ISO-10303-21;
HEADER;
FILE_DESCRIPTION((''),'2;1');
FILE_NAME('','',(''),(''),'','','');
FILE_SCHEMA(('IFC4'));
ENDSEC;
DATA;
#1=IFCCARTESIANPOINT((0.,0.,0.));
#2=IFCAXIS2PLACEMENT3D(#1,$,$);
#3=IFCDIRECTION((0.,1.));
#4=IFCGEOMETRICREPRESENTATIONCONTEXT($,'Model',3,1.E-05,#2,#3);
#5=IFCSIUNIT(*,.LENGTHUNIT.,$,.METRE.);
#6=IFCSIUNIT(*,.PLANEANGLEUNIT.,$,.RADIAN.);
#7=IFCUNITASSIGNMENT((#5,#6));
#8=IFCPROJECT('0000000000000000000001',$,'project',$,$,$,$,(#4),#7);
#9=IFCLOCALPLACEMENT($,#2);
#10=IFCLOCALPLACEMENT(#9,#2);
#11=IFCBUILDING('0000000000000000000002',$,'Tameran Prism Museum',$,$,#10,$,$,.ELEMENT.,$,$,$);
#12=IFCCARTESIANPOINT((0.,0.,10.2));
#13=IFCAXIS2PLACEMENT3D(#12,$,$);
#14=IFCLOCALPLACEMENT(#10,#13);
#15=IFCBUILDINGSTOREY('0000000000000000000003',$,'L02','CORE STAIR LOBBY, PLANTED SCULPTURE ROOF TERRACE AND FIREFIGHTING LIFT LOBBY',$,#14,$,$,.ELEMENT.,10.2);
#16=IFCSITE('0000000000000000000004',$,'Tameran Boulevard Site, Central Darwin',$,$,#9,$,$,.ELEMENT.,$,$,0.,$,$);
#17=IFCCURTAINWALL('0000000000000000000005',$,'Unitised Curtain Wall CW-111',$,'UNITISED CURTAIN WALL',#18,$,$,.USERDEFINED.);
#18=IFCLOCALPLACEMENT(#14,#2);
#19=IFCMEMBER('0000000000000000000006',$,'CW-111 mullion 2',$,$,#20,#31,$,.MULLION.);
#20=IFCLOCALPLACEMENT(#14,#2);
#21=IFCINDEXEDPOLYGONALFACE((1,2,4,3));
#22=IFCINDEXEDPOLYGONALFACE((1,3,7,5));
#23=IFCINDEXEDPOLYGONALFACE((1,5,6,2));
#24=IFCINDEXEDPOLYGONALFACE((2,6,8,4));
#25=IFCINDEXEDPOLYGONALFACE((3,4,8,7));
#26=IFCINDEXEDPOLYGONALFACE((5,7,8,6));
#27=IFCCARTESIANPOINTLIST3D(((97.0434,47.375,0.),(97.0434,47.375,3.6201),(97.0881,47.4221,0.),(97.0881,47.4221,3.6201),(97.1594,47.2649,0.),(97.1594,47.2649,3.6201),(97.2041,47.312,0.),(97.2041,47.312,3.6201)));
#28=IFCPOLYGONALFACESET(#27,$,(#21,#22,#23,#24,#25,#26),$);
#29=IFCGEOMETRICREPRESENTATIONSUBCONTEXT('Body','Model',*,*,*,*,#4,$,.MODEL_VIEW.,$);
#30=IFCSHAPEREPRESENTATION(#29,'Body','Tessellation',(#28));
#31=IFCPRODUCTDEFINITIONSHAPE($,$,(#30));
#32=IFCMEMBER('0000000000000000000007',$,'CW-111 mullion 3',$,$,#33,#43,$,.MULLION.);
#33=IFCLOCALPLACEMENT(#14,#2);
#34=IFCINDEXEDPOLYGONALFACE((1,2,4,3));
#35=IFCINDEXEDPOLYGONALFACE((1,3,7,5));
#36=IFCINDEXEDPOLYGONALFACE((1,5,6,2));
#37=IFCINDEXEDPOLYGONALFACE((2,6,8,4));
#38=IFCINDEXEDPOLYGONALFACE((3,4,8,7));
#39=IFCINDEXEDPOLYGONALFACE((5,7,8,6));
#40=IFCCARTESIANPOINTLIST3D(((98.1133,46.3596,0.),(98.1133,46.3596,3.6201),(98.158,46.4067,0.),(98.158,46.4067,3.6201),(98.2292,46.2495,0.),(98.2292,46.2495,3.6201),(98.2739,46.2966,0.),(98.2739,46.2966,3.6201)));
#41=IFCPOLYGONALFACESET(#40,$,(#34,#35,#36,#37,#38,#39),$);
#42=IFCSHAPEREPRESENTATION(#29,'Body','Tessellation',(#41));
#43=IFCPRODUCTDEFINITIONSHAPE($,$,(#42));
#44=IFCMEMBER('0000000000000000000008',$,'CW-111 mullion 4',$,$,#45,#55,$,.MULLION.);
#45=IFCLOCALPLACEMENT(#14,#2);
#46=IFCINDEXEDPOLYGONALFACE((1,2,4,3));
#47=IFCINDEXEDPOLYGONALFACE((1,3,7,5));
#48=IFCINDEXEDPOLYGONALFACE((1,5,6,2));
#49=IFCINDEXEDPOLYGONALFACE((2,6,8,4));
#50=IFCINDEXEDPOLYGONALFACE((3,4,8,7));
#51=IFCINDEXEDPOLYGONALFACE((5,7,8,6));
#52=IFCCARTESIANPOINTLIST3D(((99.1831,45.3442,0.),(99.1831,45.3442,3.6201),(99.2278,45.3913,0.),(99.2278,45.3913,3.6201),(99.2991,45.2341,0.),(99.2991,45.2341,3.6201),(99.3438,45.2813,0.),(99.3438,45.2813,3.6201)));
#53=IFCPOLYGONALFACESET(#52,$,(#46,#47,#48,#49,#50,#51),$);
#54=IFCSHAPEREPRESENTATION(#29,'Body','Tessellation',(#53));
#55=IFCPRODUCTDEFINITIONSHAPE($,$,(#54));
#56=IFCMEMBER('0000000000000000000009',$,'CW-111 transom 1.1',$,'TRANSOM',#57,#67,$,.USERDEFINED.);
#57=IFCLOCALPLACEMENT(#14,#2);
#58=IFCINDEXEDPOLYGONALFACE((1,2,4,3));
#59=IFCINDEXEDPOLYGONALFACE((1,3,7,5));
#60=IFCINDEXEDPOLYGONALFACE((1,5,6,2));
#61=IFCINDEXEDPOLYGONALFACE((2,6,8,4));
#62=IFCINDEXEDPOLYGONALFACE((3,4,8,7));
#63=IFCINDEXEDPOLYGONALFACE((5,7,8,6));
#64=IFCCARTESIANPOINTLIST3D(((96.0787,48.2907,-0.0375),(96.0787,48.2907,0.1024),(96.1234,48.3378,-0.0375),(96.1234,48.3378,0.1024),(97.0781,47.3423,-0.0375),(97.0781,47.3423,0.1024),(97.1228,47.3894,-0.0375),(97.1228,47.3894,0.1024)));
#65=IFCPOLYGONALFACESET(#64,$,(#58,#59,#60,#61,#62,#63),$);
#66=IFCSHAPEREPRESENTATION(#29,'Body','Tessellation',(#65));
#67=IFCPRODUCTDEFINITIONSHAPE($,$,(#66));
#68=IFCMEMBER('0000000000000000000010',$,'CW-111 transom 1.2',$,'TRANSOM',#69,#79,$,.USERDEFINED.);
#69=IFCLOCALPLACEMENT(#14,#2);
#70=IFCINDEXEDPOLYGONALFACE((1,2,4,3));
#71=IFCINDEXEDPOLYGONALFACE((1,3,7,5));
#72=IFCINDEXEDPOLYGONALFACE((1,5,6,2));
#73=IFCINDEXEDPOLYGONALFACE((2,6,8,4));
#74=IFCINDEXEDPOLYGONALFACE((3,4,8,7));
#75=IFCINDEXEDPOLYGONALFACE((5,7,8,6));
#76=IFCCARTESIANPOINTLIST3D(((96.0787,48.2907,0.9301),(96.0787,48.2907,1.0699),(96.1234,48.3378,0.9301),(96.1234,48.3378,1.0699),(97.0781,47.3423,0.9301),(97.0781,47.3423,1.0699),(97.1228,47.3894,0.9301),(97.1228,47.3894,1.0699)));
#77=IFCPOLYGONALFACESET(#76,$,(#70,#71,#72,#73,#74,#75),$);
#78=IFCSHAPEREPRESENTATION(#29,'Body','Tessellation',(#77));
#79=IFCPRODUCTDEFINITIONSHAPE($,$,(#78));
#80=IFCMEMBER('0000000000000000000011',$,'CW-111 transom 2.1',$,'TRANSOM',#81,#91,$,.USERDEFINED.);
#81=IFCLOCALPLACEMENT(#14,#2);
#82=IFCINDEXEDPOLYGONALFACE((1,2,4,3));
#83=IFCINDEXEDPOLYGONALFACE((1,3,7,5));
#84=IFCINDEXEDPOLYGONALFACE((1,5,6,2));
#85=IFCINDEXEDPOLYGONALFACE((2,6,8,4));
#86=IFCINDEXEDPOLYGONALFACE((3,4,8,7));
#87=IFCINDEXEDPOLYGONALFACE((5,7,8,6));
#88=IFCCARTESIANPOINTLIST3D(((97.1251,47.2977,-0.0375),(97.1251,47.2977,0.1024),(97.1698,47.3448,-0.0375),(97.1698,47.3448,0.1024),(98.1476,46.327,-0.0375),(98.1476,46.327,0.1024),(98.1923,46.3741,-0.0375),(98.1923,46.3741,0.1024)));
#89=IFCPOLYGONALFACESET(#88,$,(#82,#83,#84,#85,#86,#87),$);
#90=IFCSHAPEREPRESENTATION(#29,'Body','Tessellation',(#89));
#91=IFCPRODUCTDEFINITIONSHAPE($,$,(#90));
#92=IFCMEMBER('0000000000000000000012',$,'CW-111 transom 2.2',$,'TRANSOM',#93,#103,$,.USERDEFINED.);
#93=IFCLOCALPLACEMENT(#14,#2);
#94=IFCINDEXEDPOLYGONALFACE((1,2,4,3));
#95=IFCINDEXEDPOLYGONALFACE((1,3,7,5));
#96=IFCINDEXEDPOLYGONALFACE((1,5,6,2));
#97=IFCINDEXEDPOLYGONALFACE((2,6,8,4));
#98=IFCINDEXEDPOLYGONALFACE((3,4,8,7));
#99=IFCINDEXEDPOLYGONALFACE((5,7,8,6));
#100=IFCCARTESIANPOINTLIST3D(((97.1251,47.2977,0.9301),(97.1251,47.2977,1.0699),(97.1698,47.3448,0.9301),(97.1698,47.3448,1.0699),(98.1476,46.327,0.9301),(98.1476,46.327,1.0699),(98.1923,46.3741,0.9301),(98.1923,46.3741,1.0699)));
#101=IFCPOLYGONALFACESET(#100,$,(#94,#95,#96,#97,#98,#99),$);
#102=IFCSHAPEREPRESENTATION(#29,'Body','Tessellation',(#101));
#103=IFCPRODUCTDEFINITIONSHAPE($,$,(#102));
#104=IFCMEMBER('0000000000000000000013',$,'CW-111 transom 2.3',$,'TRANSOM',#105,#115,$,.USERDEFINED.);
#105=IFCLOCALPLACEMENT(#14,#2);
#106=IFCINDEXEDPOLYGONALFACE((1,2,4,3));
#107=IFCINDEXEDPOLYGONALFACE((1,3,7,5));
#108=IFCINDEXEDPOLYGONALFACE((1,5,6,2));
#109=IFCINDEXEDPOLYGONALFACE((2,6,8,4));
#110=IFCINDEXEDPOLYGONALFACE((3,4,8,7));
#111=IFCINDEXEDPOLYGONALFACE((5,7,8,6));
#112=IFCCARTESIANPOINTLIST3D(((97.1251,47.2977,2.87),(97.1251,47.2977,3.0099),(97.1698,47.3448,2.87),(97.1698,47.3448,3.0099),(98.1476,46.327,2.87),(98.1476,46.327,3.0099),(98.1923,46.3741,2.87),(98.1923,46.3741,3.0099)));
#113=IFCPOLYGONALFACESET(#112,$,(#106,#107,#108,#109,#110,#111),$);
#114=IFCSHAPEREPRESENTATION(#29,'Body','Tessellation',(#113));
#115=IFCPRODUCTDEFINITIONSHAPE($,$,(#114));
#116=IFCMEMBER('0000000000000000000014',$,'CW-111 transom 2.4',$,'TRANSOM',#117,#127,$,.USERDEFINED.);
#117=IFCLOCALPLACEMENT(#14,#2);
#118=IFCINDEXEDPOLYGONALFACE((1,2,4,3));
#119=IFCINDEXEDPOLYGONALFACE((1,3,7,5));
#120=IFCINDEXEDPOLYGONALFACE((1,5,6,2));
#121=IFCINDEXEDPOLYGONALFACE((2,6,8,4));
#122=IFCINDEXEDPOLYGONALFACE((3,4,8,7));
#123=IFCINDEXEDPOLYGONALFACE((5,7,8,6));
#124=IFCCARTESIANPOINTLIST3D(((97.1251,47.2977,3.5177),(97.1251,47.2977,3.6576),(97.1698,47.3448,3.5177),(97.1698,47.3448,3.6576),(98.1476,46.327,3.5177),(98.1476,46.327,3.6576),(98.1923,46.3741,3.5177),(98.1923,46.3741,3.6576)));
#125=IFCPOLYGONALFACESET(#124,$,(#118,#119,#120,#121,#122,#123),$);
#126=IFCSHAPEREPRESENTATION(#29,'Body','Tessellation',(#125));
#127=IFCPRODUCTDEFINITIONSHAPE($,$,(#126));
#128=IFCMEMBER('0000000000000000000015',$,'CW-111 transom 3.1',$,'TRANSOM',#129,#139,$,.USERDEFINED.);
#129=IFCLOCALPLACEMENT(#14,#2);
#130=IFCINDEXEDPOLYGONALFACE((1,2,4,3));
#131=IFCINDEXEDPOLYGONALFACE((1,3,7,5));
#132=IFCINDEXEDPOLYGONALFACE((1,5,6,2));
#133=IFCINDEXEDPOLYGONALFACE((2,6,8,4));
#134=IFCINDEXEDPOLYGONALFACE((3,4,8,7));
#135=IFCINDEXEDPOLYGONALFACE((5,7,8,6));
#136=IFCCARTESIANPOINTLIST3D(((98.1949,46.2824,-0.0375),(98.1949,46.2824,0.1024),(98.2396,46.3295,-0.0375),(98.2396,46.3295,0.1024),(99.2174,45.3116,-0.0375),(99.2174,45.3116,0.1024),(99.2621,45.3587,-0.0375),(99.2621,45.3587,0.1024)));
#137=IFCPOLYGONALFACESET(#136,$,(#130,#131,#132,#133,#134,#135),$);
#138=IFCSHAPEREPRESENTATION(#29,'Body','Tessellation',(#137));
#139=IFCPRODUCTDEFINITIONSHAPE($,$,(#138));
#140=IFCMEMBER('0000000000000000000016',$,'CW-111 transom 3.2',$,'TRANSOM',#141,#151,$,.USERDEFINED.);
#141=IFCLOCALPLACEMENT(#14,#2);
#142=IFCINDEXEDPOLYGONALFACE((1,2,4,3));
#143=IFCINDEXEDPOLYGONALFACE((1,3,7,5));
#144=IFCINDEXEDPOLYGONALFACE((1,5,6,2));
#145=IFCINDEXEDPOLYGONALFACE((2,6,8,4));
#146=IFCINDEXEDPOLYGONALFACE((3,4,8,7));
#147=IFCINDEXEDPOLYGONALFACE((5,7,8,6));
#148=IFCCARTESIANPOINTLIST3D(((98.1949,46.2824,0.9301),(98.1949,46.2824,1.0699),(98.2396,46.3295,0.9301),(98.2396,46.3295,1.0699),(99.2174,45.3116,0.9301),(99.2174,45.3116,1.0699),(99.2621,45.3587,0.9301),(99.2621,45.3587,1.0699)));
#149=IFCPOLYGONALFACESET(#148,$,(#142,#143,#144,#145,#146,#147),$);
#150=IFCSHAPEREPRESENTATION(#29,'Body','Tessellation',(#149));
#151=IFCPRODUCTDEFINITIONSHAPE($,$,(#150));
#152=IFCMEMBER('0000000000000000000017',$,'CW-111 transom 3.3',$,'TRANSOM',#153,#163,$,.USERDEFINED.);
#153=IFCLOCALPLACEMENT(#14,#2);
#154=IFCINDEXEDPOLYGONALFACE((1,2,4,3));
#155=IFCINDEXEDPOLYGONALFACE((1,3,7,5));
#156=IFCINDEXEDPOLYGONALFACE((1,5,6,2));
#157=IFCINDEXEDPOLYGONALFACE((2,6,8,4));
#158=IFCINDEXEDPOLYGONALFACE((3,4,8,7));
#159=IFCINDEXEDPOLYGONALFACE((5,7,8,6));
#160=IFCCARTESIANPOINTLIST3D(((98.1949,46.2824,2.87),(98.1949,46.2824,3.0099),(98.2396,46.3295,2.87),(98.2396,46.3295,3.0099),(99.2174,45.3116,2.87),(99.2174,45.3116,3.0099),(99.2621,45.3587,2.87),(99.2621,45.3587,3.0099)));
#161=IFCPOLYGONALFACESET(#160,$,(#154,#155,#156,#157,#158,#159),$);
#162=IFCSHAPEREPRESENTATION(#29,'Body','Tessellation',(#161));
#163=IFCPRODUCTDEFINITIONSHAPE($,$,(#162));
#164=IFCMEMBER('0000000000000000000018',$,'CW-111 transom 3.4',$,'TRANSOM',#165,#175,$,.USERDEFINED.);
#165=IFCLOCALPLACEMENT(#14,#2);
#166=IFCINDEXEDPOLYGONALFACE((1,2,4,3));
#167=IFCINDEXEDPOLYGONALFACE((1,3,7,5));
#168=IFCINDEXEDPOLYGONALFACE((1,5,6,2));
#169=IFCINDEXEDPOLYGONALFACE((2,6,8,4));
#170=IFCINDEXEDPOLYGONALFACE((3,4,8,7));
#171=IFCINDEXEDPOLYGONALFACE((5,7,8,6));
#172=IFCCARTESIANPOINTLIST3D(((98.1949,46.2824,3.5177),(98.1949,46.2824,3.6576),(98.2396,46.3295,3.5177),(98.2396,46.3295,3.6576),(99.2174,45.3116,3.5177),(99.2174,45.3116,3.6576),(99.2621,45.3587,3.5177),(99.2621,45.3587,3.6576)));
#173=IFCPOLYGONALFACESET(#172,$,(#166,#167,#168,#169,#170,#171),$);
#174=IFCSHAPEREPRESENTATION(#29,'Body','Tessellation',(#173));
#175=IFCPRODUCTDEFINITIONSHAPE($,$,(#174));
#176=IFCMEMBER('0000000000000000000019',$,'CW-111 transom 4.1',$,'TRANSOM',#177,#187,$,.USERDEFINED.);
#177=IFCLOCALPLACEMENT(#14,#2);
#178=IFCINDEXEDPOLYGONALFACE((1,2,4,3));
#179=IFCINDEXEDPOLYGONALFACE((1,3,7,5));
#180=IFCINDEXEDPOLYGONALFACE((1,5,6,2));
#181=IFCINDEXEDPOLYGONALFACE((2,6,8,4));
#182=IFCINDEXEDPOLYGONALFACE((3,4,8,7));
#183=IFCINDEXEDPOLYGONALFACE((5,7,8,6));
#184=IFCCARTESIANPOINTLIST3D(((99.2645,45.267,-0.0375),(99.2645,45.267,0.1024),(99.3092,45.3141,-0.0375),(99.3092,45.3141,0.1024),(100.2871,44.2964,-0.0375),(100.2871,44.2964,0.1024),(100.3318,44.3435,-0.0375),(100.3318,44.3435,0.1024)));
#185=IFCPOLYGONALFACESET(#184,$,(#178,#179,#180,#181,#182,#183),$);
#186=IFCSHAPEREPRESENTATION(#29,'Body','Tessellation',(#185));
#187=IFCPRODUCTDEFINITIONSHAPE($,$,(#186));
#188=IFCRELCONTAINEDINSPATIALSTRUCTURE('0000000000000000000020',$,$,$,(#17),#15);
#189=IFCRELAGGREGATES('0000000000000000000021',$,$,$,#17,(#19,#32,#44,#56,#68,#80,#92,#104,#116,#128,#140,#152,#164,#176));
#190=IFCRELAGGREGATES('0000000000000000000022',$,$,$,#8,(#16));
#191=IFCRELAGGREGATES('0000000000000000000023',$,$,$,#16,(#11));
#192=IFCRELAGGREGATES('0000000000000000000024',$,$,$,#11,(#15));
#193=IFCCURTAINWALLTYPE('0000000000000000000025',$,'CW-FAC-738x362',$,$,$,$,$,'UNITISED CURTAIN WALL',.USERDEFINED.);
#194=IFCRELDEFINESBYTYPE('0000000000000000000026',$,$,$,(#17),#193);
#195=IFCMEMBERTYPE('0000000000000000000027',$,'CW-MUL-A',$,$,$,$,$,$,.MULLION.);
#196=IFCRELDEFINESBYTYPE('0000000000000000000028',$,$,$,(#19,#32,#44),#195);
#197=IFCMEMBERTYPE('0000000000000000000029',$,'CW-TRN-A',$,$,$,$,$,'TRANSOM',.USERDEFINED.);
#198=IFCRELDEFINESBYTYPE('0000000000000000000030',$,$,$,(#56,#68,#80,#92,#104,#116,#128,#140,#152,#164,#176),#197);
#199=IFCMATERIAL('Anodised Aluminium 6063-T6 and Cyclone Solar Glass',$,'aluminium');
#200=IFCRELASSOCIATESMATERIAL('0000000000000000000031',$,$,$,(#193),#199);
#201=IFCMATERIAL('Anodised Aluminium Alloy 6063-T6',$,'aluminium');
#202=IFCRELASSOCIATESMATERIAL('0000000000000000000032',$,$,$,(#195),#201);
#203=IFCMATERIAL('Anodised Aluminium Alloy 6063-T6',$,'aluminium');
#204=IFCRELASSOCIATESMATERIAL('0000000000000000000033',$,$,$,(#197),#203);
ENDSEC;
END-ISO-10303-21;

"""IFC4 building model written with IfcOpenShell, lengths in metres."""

from ifc_helpers import new_model, si_unit, direction, frame, origin, origin_2d, place, context, subcontext, project, spatial, rectangle, extrude, material, material_profile, profile_set, type_object, element, aggregate, save


model = new_model("IFC4")

# Units and contexts
model_context = context("Model", 3, precision=1e-05, world=origin(), true_north=direction((0.0, 1.0)))
body_context = subcontext(model_context, "Body", "Model", "MODEL_VIEW")
ifc_project = project(units=[si_unit("LENGTHUNIT", "METRE"), si_unit("PLANEANGLEUNIT", "RADIAN")], contexts=[model_context])

# Site, building, storey
site_placement = place(None, origin())
site = spatial("IfcSite", under=ifc_project, at=site_placement, Name="Tameran Boulevard Site, Central Darwin", CompositionType="ELEMENT", RefElevation=0.0)
building_placement = place(site_placement, origin())
building = spatial("IfcBuilding", under=site, at=building_placement, Name="Tameran Prism Museum", CompositionType="ELEMENT")
storey_placement = place(building_placement, frame((0.0, 0.0, 10.2)))
storey = spatial("IfcBuildingStorey", under=building, at=storey_placement, Name="L02", Description="CORE STAIR LOBBY, PLANTED SCULPTURE ROOF TERRACE AND FIREFIGHTING LIFT LOBBY", CompositionType="ELEMENT", Elevation=10.2)

# Curtain wall, members
ifc_material_1 = material(Name="Anodised Aluminium 6063-T6 and Cyclone Solar Glass", Category="aluminium")
curtain_wall_type = type_object("IfcCurtainWallType", Name="CW-FAC-738x362", ElementType="UNITISED CURTAIN WALL", PredefinedType="USERDEFINED", material=ifc_material_1)
curtain_wall_placement = place(storey_placement, origin())
curtain_wall = element("IfcCurtainWall", 1, at=curtain_wall_placement, inside=storey, type_object=curtain_wall_type, Name="Unitised Curtain Wall CW-111", ObjectType="UNITISED CURTAIN WALL", PredefinedType="USERDEFINED")
ifc_material_2 = material(Name="Anodised Aluminium Alloy 6063-T6", Category="aluminium")
ifc_material_profile_1 = material_profile(ifc_material_2, rectangle(XDim=0.0649, YDim=0.1599, at=origin_2d()))
ifc_profile_set_1 = profile_set([ifc_material_profile_1])
member_type_1 = type_object("IfcMemberType", Name="CW-MUL-A", PredefinedType="MULLION", material=ifc_profile_set_1)
member_1_placement = place(storey_placement, frame((97.1238, 47.3435, 0.0), z_axis=(0.0, 0.0, 1.0), x_axis=(0.688425, 0.725307, 0.0)))
member_1 = element("IfcMember", 2, at=member_1_placement, type_object=member_type_1, Name="CW-111 mullion 2", PredefinedType="MULLION", context=body_context, shape_type="SweptSolid", body=[
    extrude(rectangle(XDim=0.0649, YDim=0.1599, at=origin_2d()), origin(), (0.0, 0.0, 1.0), 3.6201),
])
member_2_placement = place(storey_placement, frame((98.1936, 46.3281, 0.0), z_axis=(0.0, 0.0, 1.0), x_axis=(0.688425, 0.725307, 0.0)))
member_2 = element("IfcMember", 3, at=member_2_placement, type_object=member_type_1, Name="CW-111 mullion 3", PredefinedType="MULLION", context=body_context, shape_type="SweptSolid", body=[
    extrude(rectangle(XDim=0.0649, YDim=0.1599, at=origin_2d()), origin(), (0.0, 0.0, 1.0), 3.6201),
])
member_3_placement = place(storey_placement, frame((99.2634, 45.3127, 0.0), z_axis=(0.0, 0.0, 1.0), x_axis=(0.688425, 0.725307, 0.0)))
member_3 = element("IfcMember", 4, at=member_3_placement, type_object=member_type_1, Name="CW-111 mullion 4", PredefinedType="MULLION", context=body_context, shape_type="SweptSolid", body=[
    extrude(rectangle(XDim=0.0649, YDim=0.1599, at=origin_2d()), origin(), (0.0, 0.0, 1.0), 3.6201),
])
ifc_material_3 = material(Name="Anodised Aluminium Alloy 6063-T6", Category="aluminium")
ifc_material_profile_2 = material_profile(ifc_material_3, rectangle(XDim=0.0649, YDim=0.1399, at=origin_2d()))
ifc_profile_set_2 = profile_set([ifc_material_profile_2])
member_type_2 = type_object("IfcMemberType", Name="CW-TRN-A", ElementType="TRANSOM", PredefinedType="USERDEFINED", material=ifc_profile_set_2)
member_4_placement = place(storey_placement, frame((96.1011, 48.3142, 0.0325), z_axis=(0.725384, -0.688344, 0.0), x_axis=(0.688344, 0.725384, 0.0)))
member_4 = element("IfcMember", 5, at=member_4_placement, type_object=member_type_2, Name="CW-111 transom 1.1", ObjectType="TRANSOM", PredefinedType="USERDEFINED", context=body_context, shape_type="SweptSolid", body=[
    extrude(rectangle(XDim=0.0649, YDim=0.1399, at=origin_2d()), origin(), (0.0, 0.0, 1.0), 1.3777),
])
member_5_placement = place(storey_placement, frame((96.1011, 48.3142, 1.0), z_axis=(0.725384, -0.688344, 0.0), x_axis=(0.688344, 0.725384, 0.0)))
member_5 = element("IfcMember", 6, at=member_5_placement, type_object=member_type_2, Name="CW-111 transom 1.2", ObjectType="TRANSOM", PredefinedType="USERDEFINED", context=body_context, shape_type="SweptSolid", body=[
    extrude(rectangle(XDim=0.0649, YDim=0.1399, at=origin_2d()), origin(), (0.0, 0.0, 1.0), 1.3777),
])
member_6_placement = place(storey_placement, frame((97.1475, 47.3213, 0.0325), z_axis=(0.725224, -0.688513, 0.0), x_axis=(0.688513, 0.725224, 0.0)))
member_6 = element("IfcMember", 7, at=member_6_placement, type_object=member_type_2, Name="CW-111 transom 2.1", ObjectType="TRANSOM", PredefinedType="USERDEFINED", context=body_context, shape_type="SweptSolid", body=[
    extrude(rectangle(XDim=0.0649, YDim=0.1399, at=origin_2d()), origin(), (0.0, 0.0, 1.0), 1.4099),
])
member_7_placement = place(storey_placement, frame((97.1475, 47.3213, 1.0), z_axis=(0.725224, -0.688513, 0.0), x_axis=(0.688513, 0.725224, 0.0)))
member_7 = element("IfcMember", 8, at=member_7_placement, type_object=member_type_2, Name="CW-111 transom 2.2", ObjectType="TRANSOM", PredefinedType="USERDEFINED", context=body_context, shape_type="SweptSolid", body=[
    extrude(rectangle(XDim=0.0649, YDim=0.1399, at=origin_2d()), origin(), (0.0, 0.0, 1.0), 1.4099),
])
member_8_placement = place(storey_placement, frame((97.1475, 47.3213, 2.9399), z_axis=(0.725224, -0.688513, 0.0), x_axis=(0.688513, 0.725224, 0.0)))
member_8 = element("IfcMember", 9, at=member_8_placement, type_object=member_type_2, Name="CW-111 transom 2.3", ObjectType="TRANSOM", PredefinedType="USERDEFINED", context=body_context, shape_type="SweptSolid", body=[
    extrude(rectangle(XDim=0.0649, YDim=0.1399, at=origin_2d()), origin(), (0.0, 0.0, 1.0), 1.4099),
])
member_9_placement = place(storey_placement, frame((97.1475, 47.3213, 3.5876), z_axis=(0.725224, -0.688513, 0.0), x_axis=(0.688513, 0.725224, 0.0)))
member_9 = element("IfcMember", 10, at=member_9_placement, type_object=member_type_2, Name="CW-111 transom 2.4", ObjectType="TRANSOM", PredefinedType="USERDEFINED", context=body_context, shape_type="SweptSolid", body=[
    extrude(rectangle(XDim=0.0649, YDim=0.1399, at=origin_2d()), origin(), (0.0, 0.0, 1.0), 1.4099),
])
member_10_placement = place(storey_placement, frame((98.2173, 46.3059, 0.0325), z_axis=(0.725224, -0.688513, 0.0), x_axis=(0.688513, 0.725224, 0.0)))
member_10 = element("IfcMember", 11, at=member_10_placement, type_object=member_type_2, Name="CW-111 transom 3.1", ObjectType="TRANSOM", PredefinedType="USERDEFINED", context=body_context, shape_type="SweptSolid", body=[
    extrude(rectangle(XDim=0.0649, YDim=0.1399, at=origin_2d()), origin(), (0.0, 0.0, 1.0), 1.4099),
])
member_11_placement = place(storey_placement, frame((98.2173, 46.3059, 1.0), z_axis=(0.725224, -0.688513, 0.0), x_axis=(0.688513, 0.725224, 0.0)))
member_11 = element("IfcMember", 12, at=member_11_placement, type_object=member_type_2, Name="CW-111 transom 3.2", ObjectType="TRANSOM", PredefinedType="USERDEFINED", context=body_context, shape_type="SweptSolid", body=[
    extrude(rectangle(XDim=0.0649, YDim=0.1399, at=origin_2d()), origin(), (0.0, 0.0, 1.0), 1.4099),
])
member_12_placement = place(storey_placement, frame((98.2173, 46.3059, 2.9399), z_axis=(0.725224, -0.688513, 0.0), x_axis=(0.688513, 0.725224, 0.0)))
member_12 = element("IfcMember", 13, at=member_12_placement, type_object=member_type_2, Name="CW-111 transom 3.3", ObjectType="TRANSOM", PredefinedType="USERDEFINED", context=body_context, shape_type="SweptSolid", body=[
    extrude(rectangle(XDim=0.0649, YDim=0.1399, at=origin_2d()), origin(), (0.0, 0.0, 1.0), 1.4099),
])
member_13_placement = place(storey_placement, frame((98.2173, 46.3059, 3.5876), z_axis=(0.725224, -0.688513, 0.0), x_axis=(0.688513, 0.725224, 0.0)))
member_13 = element("IfcMember", 14, at=member_13_placement, type_object=member_type_2, Name="CW-111 transom 3.4", ObjectType="TRANSOM", PredefinedType="USERDEFINED", context=body_context, shape_type="SweptSolid", body=[
    extrude(rectangle(XDim=0.0649, YDim=0.1399, at=origin_2d()), origin(), (0.0, 0.0, 1.0), 1.4099),
])
member_14_placement = place(storey_placement, frame((99.2869, 45.2905, 0.0325), z_axis=(0.725306, -0.688426, 0.0), x_axis=(0.688426, 0.725306, 0.0)))
member_14 = element("IfcMember", 15, at=member_14_placement, type_object=member_type_2, Name="CW-111 transom 4.1", ObjectType="TRANSOM", PredefinedType="USERDEFINED", context=body_context, shape_type="SweptSolid", body=[
    extrude(rectangle(XDim=0.0649, YDim=0.1399, at=origin_2d()), origin(), (0.0, 0.0, 1.0), 1.4099),
])
aggregate(curtain_wall, [member_1, member_2, member_3, member_4, member_5, member_6, member_7, member_8, member_9, member_10, member_11, member_12, member_13, member_14])

save(model, "model.ifc")
